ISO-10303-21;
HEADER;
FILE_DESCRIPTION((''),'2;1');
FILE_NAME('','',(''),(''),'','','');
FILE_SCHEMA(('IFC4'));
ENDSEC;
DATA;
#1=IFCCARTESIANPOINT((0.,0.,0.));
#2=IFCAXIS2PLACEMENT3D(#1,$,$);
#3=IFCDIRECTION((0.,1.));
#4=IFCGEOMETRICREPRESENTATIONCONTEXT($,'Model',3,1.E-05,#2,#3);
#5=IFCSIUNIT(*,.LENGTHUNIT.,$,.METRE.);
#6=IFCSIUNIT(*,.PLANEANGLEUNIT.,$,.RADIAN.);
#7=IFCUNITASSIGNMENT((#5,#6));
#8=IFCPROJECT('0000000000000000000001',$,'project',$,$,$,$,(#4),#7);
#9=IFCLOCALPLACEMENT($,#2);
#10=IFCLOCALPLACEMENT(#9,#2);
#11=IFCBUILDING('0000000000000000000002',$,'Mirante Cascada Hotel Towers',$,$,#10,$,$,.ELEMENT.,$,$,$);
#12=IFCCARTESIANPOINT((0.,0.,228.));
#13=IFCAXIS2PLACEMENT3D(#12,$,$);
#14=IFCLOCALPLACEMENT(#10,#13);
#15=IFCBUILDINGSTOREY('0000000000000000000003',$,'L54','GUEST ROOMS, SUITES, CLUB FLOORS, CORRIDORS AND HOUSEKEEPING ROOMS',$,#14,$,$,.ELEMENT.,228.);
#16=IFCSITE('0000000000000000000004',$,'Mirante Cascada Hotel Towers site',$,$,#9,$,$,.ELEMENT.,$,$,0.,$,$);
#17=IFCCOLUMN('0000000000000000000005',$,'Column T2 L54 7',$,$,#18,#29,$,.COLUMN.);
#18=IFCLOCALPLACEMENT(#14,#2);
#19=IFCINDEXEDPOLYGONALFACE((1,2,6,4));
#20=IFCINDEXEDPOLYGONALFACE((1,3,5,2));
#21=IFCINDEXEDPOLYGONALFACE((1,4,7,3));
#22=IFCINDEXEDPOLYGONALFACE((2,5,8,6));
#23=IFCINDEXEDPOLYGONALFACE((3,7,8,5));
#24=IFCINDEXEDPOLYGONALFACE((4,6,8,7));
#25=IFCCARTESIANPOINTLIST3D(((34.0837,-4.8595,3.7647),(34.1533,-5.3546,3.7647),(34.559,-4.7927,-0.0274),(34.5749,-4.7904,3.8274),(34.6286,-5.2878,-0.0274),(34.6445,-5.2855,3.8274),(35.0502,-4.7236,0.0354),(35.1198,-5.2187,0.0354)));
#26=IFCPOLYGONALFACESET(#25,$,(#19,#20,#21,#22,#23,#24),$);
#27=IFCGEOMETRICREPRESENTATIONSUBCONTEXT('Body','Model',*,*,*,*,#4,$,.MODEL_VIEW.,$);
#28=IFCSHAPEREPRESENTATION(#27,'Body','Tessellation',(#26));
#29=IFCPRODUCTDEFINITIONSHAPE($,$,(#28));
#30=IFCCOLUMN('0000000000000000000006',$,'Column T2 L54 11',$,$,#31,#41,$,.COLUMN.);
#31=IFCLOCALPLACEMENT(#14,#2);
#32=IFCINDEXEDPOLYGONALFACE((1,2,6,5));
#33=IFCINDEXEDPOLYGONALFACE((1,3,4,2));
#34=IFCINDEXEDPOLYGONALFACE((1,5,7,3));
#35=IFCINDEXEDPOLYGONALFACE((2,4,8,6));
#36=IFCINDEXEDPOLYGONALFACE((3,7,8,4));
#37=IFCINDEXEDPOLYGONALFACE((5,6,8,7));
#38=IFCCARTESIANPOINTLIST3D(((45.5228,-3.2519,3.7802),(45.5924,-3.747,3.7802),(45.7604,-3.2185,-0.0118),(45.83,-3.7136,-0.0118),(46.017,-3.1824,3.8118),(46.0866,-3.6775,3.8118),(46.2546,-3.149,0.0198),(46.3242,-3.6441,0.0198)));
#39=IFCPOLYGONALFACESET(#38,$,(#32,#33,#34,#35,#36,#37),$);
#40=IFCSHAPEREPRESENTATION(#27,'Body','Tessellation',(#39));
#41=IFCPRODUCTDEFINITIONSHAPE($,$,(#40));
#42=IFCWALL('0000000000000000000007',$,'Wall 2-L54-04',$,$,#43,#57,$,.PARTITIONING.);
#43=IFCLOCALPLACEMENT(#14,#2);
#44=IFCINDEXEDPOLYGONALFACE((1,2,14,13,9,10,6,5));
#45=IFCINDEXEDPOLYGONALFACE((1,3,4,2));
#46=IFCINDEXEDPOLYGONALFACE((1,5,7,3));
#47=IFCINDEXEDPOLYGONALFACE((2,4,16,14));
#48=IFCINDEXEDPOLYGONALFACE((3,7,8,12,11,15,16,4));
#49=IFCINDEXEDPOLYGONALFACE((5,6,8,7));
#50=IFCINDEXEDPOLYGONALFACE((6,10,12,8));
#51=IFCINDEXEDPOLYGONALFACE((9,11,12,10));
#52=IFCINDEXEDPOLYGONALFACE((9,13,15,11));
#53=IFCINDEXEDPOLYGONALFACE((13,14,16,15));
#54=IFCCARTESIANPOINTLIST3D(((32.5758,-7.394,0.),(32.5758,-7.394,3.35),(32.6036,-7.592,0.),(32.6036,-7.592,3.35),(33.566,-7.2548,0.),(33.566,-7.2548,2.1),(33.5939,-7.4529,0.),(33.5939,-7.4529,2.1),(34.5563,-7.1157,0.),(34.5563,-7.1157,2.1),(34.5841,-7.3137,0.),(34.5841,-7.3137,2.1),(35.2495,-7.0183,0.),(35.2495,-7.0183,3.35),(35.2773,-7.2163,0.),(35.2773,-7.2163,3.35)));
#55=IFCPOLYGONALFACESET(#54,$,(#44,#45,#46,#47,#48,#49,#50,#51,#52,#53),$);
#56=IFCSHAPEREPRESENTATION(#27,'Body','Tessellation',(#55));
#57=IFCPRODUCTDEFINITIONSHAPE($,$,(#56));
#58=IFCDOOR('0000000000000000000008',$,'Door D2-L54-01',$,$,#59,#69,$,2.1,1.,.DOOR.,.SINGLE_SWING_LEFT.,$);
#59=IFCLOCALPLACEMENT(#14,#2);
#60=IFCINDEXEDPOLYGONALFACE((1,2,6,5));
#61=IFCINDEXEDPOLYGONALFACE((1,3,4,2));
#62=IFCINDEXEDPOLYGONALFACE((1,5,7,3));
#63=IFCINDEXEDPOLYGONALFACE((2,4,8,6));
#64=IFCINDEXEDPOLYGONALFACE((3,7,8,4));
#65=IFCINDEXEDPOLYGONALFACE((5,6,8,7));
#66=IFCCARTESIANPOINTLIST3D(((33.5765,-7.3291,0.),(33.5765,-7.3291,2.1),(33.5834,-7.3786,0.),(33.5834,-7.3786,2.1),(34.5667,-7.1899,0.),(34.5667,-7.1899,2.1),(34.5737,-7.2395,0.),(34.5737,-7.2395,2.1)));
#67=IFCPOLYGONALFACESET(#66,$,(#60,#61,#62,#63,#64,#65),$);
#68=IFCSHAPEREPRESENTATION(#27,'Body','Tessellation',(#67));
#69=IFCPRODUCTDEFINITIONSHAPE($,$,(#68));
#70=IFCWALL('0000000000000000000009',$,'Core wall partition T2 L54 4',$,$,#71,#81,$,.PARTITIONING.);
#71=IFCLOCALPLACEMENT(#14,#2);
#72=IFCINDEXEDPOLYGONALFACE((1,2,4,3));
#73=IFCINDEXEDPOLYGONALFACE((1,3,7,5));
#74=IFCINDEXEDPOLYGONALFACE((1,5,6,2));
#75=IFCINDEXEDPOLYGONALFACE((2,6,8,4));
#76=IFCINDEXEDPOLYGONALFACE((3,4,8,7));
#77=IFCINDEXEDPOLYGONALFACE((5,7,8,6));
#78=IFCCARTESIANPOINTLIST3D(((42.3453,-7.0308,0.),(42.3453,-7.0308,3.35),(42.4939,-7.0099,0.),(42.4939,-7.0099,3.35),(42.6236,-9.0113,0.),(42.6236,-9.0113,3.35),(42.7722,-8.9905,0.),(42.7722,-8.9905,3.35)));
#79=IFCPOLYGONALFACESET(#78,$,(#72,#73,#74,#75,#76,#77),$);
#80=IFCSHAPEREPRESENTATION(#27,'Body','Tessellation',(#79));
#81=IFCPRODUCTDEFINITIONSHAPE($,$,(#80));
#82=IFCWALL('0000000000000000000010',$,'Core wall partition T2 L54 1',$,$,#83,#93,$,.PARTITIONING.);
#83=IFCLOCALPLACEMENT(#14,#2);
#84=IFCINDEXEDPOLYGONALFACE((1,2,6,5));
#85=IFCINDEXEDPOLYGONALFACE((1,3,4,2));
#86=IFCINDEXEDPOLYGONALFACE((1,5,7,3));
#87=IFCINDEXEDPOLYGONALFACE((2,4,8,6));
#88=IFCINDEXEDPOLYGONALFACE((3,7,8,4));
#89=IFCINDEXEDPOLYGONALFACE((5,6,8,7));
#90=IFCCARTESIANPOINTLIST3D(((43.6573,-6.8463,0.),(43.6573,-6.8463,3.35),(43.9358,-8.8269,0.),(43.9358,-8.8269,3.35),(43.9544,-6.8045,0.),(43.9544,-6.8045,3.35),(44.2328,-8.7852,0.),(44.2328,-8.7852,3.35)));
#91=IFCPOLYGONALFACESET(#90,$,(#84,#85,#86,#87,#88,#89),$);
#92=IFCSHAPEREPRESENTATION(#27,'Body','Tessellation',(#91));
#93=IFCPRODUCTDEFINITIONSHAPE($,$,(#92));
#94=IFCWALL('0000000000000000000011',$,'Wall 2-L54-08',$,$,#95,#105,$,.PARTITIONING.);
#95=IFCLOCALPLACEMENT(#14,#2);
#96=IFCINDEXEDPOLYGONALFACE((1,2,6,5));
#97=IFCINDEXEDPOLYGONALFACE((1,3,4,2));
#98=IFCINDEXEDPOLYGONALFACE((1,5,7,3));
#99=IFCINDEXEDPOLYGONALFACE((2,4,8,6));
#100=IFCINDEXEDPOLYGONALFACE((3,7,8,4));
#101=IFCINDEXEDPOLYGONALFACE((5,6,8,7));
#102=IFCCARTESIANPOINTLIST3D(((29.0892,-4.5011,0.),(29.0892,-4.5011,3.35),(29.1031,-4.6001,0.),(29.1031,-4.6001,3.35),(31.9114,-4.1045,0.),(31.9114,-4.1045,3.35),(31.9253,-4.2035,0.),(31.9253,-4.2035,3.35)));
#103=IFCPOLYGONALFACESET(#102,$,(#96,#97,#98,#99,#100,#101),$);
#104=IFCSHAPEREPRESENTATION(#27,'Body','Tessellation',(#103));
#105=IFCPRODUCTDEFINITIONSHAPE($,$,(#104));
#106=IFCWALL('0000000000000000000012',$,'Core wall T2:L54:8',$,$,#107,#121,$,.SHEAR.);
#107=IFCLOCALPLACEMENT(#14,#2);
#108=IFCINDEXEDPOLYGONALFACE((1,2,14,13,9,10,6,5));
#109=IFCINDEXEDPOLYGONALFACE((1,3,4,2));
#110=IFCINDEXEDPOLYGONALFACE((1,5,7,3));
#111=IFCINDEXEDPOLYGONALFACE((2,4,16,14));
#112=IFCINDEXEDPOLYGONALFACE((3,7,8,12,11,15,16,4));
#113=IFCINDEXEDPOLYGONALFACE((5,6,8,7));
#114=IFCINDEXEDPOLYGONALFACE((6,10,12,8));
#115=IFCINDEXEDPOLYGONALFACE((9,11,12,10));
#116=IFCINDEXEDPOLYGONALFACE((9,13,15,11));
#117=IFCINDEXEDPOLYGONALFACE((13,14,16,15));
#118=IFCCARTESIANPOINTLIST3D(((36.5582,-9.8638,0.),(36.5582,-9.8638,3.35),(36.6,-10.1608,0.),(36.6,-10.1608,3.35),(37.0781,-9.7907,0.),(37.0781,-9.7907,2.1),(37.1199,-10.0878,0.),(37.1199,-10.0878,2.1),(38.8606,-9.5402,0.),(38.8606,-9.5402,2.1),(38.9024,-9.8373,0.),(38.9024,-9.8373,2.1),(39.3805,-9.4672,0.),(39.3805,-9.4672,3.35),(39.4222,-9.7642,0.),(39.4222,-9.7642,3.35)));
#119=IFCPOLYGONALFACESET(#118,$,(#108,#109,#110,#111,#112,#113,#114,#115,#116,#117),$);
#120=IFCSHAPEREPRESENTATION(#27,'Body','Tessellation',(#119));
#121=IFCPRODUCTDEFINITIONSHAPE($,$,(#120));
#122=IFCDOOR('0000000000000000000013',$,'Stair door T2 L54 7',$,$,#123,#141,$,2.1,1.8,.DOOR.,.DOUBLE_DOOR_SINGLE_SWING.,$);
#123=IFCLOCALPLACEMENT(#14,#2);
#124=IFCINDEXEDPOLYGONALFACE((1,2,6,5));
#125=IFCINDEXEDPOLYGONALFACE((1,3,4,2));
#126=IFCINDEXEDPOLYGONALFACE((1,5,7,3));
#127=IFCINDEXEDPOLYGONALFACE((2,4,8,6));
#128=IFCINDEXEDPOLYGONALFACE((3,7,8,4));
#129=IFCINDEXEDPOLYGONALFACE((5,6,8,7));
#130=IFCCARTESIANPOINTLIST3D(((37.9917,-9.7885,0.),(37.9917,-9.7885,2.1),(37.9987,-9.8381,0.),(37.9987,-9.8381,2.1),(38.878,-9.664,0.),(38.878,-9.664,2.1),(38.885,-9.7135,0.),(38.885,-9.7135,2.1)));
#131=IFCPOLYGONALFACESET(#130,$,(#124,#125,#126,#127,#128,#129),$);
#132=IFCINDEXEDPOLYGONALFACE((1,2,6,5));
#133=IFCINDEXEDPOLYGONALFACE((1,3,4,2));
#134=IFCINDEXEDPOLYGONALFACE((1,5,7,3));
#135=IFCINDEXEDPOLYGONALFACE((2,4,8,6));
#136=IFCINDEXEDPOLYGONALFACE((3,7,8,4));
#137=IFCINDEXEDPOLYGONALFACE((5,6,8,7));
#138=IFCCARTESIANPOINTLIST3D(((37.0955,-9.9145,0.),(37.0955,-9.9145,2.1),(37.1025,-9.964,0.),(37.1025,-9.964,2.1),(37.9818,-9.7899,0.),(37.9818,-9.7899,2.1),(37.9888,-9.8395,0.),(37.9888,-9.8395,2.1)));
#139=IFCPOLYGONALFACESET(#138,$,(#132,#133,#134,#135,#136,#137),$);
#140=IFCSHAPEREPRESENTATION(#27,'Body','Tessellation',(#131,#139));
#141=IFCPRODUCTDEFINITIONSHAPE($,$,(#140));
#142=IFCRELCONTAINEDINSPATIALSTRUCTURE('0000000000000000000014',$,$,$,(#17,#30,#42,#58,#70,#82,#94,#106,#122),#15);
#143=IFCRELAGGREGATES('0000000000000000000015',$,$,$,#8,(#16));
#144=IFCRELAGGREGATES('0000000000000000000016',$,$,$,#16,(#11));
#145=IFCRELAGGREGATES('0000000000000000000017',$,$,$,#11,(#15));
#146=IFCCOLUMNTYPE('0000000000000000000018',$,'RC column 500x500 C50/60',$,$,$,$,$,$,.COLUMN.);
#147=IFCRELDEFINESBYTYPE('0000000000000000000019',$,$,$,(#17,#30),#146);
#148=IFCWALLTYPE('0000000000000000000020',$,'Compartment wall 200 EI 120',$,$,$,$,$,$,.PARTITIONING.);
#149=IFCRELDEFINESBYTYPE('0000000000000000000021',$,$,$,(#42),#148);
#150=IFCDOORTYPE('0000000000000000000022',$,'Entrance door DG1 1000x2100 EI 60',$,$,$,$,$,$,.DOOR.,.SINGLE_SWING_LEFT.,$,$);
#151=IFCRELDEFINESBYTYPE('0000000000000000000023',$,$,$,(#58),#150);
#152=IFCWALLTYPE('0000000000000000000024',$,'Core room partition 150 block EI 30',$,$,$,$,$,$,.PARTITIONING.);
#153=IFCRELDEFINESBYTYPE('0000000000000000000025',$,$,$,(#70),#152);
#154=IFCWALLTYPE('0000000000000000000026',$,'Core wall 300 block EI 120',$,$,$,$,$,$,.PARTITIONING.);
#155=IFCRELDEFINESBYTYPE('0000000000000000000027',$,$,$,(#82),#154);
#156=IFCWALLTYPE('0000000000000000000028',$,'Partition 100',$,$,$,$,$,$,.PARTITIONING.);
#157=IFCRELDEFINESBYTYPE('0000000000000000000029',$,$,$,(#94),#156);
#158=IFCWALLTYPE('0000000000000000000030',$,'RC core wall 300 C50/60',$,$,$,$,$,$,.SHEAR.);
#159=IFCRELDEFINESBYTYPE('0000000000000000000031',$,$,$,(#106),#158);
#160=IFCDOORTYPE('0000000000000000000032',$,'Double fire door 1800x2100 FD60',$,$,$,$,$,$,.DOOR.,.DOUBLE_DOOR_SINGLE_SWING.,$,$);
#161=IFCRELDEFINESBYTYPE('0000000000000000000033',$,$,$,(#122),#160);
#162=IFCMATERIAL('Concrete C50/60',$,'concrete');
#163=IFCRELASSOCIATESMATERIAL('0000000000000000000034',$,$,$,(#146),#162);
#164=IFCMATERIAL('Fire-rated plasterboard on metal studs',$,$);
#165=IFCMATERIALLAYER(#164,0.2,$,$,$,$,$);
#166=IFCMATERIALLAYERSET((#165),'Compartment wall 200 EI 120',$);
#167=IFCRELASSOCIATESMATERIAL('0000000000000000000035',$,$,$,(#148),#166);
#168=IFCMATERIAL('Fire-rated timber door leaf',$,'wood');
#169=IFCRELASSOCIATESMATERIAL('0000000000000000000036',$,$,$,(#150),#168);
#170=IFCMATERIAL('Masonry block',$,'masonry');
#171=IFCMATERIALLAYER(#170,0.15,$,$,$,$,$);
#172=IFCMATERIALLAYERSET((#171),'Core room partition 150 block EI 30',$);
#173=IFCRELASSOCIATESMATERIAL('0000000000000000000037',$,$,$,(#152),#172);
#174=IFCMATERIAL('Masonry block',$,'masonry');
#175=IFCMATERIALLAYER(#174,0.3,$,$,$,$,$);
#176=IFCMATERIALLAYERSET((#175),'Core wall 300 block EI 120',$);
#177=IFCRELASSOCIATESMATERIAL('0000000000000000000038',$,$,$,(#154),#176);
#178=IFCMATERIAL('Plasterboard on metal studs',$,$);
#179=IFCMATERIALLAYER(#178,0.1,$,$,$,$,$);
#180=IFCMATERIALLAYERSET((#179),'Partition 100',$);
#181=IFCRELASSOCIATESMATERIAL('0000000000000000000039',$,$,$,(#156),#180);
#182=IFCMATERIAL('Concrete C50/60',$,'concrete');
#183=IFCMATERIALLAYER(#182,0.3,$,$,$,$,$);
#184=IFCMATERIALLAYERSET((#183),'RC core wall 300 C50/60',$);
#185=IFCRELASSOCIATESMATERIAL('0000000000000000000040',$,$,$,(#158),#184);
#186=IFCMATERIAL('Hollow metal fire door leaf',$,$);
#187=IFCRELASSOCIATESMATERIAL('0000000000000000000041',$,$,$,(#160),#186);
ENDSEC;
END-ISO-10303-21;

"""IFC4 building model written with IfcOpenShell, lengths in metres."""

from ifc_helpers import new_model, si_unit, direction, frame, frame_2d, origin, origin_2d, place, context, subcontext, project, spatial, rectangle, extrude, material, layer, layer_set, material_profile, profile_set, type_object, element, fill, save


model = new_model("IFC4")

# Units and contexts
model_context = context("Model", 3, precision=1e-05, world=origin(), true_north=direction((0.0, 1.0)))
body_context = subcontext(model_context, "Body", "Model", "MODEL_VIEW")
ifc_project = project(units=[si_unit("LENGTHUNIT", "METRE"), si_unit("PLANEANGLEUNIT", "RADIAN")], contexts=[model_context])

# Site, building, storey
site_placement = place(None, origin())
site = spatial("IfcSite", under=ifc_project, at=site_placement, Name="Mirante Cascada Hotel Towers site", CompositionType="ELEMENT", RefElevation=0.0)
building_placement = place(site_placement, origin())
building = spatial("IfcBuilding", under=site, at=building_placement, Name="Mirante Cascada Hotel Towers", CompositionType="ELEMENT")
storey_placement = place(building_placement, frame((0.0, 0.0, 228.0)))
storey = spatial("IfcBuildingStorey", under=building, at=storey_placement, Name="L54", Description="GUEST ROOMS, SUITES, CLUB FLOORS, CORRIDORS AND HOUSEKEEPING ROOMS", CompositionType="ELEMENT", Elevation=228.0)

# Columns
ifc_material_1 = material(Name="Concrete C50/60", Category="concrete")
ifc_material_profile = material_profile(ifc_material_1, rectangle(XDim=0.5, YDim=0.5, at=origin_2d()), Name="RC column 500x500 C50/60")
ifc_profile_set = profile_set([ifc_material_profile], Name="Concrete C50/60")
column_type = type_object("IfcColumnType", Name="RC column 500x500 C50/60", PredefinedType="COLUMN", material=ifc_profile_set)
column_1_placement = place(storey_placement, frame((34.8394, -5.0057, 0.004), z_axis=(-0.124351, -0.017477, 0.992084), x_axis=(0.139175, -0.990268, 0.0)))
element("IfcColumn", 1, at=column_1_placement, inside=storey, type_object=column_type, Name="Column T2 L54 7", PredefinedType="COLUMN", context=body_context, shape_type="SweptSolid", body=[
    extrude(rectangle(XDim=0.5, YDim=0.5, at=origin_2d()), origin(), (0.0, 0.0, 1.0), 3.8223),
])
column_2_placement = place(storey_placement, frame((46.0423, -3.4313, 0.004), z_axis=(-0.062533, -0.00879, 0.998004), x_axis=(0.139204, -0.990264, 0.0)))
element("IfcColumn", 2, at=column_2_placement, inside=storey, type_object=column_type, Name="Column T2 L54 11", PredefinedType="COLUMN", context=body_context, shape_type="SweptSolid", body=[
    extrude(rectangle(XDim=0.5, YDim=0.5, at=origin_2d()), origin(), (0.0, 0.0, 1.0), 3.7996),
])

# Wall, opening, door
ifc_material_2 = material(Name="Fire-rated plasterboard on metal studs")
ifc_layer_1 = layer(ifc_material_2, 0.2)
ifc_layer_set_1 = layer_set([ifc_layer_1], Name="Compartment wall 200 EI 120")
wall_type_1 = type_object("IfcWallType", Name="Compartment wall 200 EI 120", PredefinedType="PARTITIONING", material=ifc_layer_set_1)
wall_1_placement = place(storey_placement, frame((35.2634, -7.1173, 0.0), z_axis=(0.0, 0.0, 1.0), x_axis=(-0.990271, -0.13915, 0.0)))
wall_1 = element("IfcWall", 3, at=wall_1_placement, inside=storey, type_object=wall_type_1, Name="Wall 2-L54-04", PredefinedType="PARTITIONING", context=body_context, shape_type="SweptSolid", body=[
    extrude(rectangle(XDim=2.7, YDim=0.2, at=frame_2d((1.35, 0.0))), origin(), (0.0, 0.0, 1.0), 3.35),
])
opening_1_placement = place(wall_1_placement, frame((0.7, 0.0, 0.0)))
opening_1 = element("IfcOpeningElement", 4, at=opening_1_placement, cuts=wall_1, PredefinedType="OPENING", context=body_context, shape_type="SweptSolid", body=[
    extrude(rectangle(XDim=1.0, YDim=2.1, at=frame_2d((0.5, 1.05))), frame((0.0, 0.1, 0.0), z_axis=(0.0, -1.0, 0.0), x_axis=(1.0, 0.0, 0.0)), (0.0, 0.0, 1.0), 0.2),
])
ifc_material_3 = material(Name="Fire-rated timber door leaf", Category="wood")
door_type_1 = type_object("IfcDoorType", Name="Entrance door DG1 1000x2100 EI 60", OperationType="SINGLE_SWING_LEFT", PredefinedType="DOOR", material=ifc_material_3)
door_1_placement = place(opening_1_placement, origin())
door_1 = element("IfcDoor", 5, at=door_1_placement, inside=storey, type_object=door_type_1, Name="Door D2-L54-01", OperationType="SINGLE_SWING_LEFT", OverallHeight=2.1, OverallWidth=1.0, PredefinedType="DOOR", context=body_context, shape_type="SweptSolid", body=[
    extrude(rectangle(XDim=1.0, YDim=2.1, at=frame_2d((0.5, 1.05))), frame((0.0, 0.025, 0.0), z_axis=(0.0, -1.0, 0.0), x_axis=(1.0, 0.0, 0.0)), (0.0, 0.0, 1.0), 0.05),
])
fill(opening_1, door_1)

# Walls
ifc_material_4 = material(Name="Masonry block", Category="masonry")
ifc_layer_2 = layer(ifc_material_4, 0.15)
ifc_layer_set_2 = layer_set([ifc_layer_2], Name="Core room partition 150 block EI 30")
wall_type_2 = type_object("IfcWallType", Name="Core room partition 150 block EI 30", PredefinedType="PARTITIONING", material=ifc_layer_set_2)
wall_2_placement = place(storey_placement, frame((42.6979, -9.0009, 0.0), z_axis=(0.0, 0.0, 1.0), x_axis=(-0.139153, 0.990271, 0.0)))
element("IfcWall", 6, at=wall_2_placement, inside=storey, type_object=wall_type_2, Name="Core wall partition T2 L54 4", PredefinedType="PARTITIONING", context=body_context, shape_type="SweptSolid", body=[
    extrude(rectangle(XDim=2.0, YDim=0.15, at=frame_2d((1.0, 0.0))), origin(), (0.0, 0.0, 1.0), 3.35),
])
ifc_material_5 = material(Name="Masonry block", Category="masonry")
ifc_layer_3 = layer(ifc_material_5, 0.3)
ifc_layer_set_3 = layer_set([ifc_layer_3], Name="Core wall 300 block EI 120")
wall_type_3 = type_object("IfcWallType", Name="Core wall 300 block EI 120", PredefinedType="PARTITIONING", material=ifc_layer_set_3)
wall_3_placement = place(storey_placement, frame((44.0843, -8.8061, 0.0), z_axis=(0.0, 0.0, 1.0), x_axis=(-0.139195, 0.990265, 0.0)))
element("IfcWall", 7, at=wall_3_placement, inside=storey, type_object=wall_type_3, Name="Core wall partition T2 L54 1", PredefinedType="PARTITIONING", context=body_context, shape_type="SweptSolid", body=[
    extrude(rectangle(XDim=2.0001, YDim=0.3, at=frame_2d((1.0001, 0.0))), origin(), (0.0, 0.0, 1.0), 3.35),
])
ifc_material_6 = material(Name="Plasterboard on metal studs")
ifc_layer_4 = layer(ifc_material_6, 0.1)
ifc_layer_set_4 = layer_set([ifc_layer_4], Name="Partition 100")
wall_type_4 = type_object("IfcWallType", Name="Partition 100", PredefinedType="PARTITIONING", material=ifc_layer_set_4)
wall_4_placement = place(storey_placement, frame((31.9184, -4.154, 0.0), z_axis=(0.0, 0.0, 1.0), x_axis=(-0.99027, -0.139161, 0.0)))
element("IfcWall", 8, at=wall_4_placement, inside=storey, type_object=wall_type_4, Name="Wall 2-L54-08", PredefinedType="PARTITIONING", context=body_context, shape_type="SweptSolid", body=[
    extrude(rectangle(XDim=2.8499, YDim=0.1, at=frame_2d((1.425, 0.0))), origin(), (0.0, 0.0, 1.0), 3.35),
])

# Wall, opening, door
ifc_material_7 = material(Name="Concrete C50/60", Category="concrete")
ifc_layer_5 = layer(ifc_material_7, 0.3)
ifc_layer_set_5 = layer_set([ifc_layer_5], Name="RC core wall 300 C50/60")
wall_type_5 = type_object("IfcWallType", Name="RC core wall 300 C50/60", PredefinedType="SHEAR", material=ifc_layer_set_5)
wall_5_placement = place(storey_placement, frame((36.5791, -10.0123, 0.0), z_axis=(0.0, 0.0, 1.0), x_axis=(0.99027, 0.139156, 0.0)))
wall_5 = element("IfcWall", 9, at=wall_5_placement, inside=storey, type_object=wall_type_5, Name="Core wall T2:L54:8", PredefinedType="SHEAR", context=body_context, shape_type="SweptSolid", body=[
    extrude(rectangle(XDim=2.85, YDim=0.3, at=frame_2d((1.425, 0.0))), origin(), (0.0, 0.0, 1.0), 3.35),
])
opening_2_placement = place(wall_5_placement, frame((0.525, 0.0, 0.0)))
opening_2 = element("IfcOpeningElement", 10, at=opening_2_placement, cuts=wall_5, PredefinedType="OPENING", context=body_context, shape_type="SweptSolid", body=[
    extrude(rectangle(XDim=1.8, YDim=2.1, at=frame_2d((0.9, 1.05))), frame((0.0, 0.15, 0.0), z_axis=(0.0, -1.0, 0.0), x_axis=(1.0, 0.0, 0.0)), (0.0, 0.0, 1.0), 0.3),
])
ifc_material_8 = material(Name="Hollow metal fire door leaf")
door_type_2 = type_object("IfcDoorType", Name="Double fire door 1800x2100 FD60", OperationType="DOUBLE_DOOR_SINGLE_SWING", PredefinedType="DOOR", material=ifc_material_8)
door_2_placement = place(opening_2_placement, frame((1.8, 0.0, 0.0), z_axis=(0.0, 0.0, 1.0), x_axis=(-1.0, 0.0, 0.0)))
door_2 = element("IfcDoor", 11, at=door_2_placement, inside=storey, type_object=door_type_2, Name="Stair door T2 L54 7", OperationType="DOUBLE_DOOR_SINGLE_SWING", OverallHeight=2.1, OverallWidth=1.8, PredefinedType="DOOR", context=body_context, shape_type="SweptSolid", body=[
    extrude(rectangle(XDim=0.895, YDim=2.1, at=frame_2d((0.4475, 1.05))), frame((0.0, 0.025, 0.0), z_axis=(0.0, -1.0, 0.0), x_axis=(1.0, 0.0, 0.0)), (0.0, 0.0, 1.0), 0.05),
    extrude(rectangle(XDim=0.895, YDim=2.1, at=frame_2d((1.3525, 1.05))), frame((0.0, 0.025, 0.0), z_axis=(0.0, -1.0, 0.0), x_axis=(1.0, 0.0, 0.0)), (0.0, 0.0, 1.0), 0.05),
])
fill(opening_2, door_2)

save(model, "model.ifc")
